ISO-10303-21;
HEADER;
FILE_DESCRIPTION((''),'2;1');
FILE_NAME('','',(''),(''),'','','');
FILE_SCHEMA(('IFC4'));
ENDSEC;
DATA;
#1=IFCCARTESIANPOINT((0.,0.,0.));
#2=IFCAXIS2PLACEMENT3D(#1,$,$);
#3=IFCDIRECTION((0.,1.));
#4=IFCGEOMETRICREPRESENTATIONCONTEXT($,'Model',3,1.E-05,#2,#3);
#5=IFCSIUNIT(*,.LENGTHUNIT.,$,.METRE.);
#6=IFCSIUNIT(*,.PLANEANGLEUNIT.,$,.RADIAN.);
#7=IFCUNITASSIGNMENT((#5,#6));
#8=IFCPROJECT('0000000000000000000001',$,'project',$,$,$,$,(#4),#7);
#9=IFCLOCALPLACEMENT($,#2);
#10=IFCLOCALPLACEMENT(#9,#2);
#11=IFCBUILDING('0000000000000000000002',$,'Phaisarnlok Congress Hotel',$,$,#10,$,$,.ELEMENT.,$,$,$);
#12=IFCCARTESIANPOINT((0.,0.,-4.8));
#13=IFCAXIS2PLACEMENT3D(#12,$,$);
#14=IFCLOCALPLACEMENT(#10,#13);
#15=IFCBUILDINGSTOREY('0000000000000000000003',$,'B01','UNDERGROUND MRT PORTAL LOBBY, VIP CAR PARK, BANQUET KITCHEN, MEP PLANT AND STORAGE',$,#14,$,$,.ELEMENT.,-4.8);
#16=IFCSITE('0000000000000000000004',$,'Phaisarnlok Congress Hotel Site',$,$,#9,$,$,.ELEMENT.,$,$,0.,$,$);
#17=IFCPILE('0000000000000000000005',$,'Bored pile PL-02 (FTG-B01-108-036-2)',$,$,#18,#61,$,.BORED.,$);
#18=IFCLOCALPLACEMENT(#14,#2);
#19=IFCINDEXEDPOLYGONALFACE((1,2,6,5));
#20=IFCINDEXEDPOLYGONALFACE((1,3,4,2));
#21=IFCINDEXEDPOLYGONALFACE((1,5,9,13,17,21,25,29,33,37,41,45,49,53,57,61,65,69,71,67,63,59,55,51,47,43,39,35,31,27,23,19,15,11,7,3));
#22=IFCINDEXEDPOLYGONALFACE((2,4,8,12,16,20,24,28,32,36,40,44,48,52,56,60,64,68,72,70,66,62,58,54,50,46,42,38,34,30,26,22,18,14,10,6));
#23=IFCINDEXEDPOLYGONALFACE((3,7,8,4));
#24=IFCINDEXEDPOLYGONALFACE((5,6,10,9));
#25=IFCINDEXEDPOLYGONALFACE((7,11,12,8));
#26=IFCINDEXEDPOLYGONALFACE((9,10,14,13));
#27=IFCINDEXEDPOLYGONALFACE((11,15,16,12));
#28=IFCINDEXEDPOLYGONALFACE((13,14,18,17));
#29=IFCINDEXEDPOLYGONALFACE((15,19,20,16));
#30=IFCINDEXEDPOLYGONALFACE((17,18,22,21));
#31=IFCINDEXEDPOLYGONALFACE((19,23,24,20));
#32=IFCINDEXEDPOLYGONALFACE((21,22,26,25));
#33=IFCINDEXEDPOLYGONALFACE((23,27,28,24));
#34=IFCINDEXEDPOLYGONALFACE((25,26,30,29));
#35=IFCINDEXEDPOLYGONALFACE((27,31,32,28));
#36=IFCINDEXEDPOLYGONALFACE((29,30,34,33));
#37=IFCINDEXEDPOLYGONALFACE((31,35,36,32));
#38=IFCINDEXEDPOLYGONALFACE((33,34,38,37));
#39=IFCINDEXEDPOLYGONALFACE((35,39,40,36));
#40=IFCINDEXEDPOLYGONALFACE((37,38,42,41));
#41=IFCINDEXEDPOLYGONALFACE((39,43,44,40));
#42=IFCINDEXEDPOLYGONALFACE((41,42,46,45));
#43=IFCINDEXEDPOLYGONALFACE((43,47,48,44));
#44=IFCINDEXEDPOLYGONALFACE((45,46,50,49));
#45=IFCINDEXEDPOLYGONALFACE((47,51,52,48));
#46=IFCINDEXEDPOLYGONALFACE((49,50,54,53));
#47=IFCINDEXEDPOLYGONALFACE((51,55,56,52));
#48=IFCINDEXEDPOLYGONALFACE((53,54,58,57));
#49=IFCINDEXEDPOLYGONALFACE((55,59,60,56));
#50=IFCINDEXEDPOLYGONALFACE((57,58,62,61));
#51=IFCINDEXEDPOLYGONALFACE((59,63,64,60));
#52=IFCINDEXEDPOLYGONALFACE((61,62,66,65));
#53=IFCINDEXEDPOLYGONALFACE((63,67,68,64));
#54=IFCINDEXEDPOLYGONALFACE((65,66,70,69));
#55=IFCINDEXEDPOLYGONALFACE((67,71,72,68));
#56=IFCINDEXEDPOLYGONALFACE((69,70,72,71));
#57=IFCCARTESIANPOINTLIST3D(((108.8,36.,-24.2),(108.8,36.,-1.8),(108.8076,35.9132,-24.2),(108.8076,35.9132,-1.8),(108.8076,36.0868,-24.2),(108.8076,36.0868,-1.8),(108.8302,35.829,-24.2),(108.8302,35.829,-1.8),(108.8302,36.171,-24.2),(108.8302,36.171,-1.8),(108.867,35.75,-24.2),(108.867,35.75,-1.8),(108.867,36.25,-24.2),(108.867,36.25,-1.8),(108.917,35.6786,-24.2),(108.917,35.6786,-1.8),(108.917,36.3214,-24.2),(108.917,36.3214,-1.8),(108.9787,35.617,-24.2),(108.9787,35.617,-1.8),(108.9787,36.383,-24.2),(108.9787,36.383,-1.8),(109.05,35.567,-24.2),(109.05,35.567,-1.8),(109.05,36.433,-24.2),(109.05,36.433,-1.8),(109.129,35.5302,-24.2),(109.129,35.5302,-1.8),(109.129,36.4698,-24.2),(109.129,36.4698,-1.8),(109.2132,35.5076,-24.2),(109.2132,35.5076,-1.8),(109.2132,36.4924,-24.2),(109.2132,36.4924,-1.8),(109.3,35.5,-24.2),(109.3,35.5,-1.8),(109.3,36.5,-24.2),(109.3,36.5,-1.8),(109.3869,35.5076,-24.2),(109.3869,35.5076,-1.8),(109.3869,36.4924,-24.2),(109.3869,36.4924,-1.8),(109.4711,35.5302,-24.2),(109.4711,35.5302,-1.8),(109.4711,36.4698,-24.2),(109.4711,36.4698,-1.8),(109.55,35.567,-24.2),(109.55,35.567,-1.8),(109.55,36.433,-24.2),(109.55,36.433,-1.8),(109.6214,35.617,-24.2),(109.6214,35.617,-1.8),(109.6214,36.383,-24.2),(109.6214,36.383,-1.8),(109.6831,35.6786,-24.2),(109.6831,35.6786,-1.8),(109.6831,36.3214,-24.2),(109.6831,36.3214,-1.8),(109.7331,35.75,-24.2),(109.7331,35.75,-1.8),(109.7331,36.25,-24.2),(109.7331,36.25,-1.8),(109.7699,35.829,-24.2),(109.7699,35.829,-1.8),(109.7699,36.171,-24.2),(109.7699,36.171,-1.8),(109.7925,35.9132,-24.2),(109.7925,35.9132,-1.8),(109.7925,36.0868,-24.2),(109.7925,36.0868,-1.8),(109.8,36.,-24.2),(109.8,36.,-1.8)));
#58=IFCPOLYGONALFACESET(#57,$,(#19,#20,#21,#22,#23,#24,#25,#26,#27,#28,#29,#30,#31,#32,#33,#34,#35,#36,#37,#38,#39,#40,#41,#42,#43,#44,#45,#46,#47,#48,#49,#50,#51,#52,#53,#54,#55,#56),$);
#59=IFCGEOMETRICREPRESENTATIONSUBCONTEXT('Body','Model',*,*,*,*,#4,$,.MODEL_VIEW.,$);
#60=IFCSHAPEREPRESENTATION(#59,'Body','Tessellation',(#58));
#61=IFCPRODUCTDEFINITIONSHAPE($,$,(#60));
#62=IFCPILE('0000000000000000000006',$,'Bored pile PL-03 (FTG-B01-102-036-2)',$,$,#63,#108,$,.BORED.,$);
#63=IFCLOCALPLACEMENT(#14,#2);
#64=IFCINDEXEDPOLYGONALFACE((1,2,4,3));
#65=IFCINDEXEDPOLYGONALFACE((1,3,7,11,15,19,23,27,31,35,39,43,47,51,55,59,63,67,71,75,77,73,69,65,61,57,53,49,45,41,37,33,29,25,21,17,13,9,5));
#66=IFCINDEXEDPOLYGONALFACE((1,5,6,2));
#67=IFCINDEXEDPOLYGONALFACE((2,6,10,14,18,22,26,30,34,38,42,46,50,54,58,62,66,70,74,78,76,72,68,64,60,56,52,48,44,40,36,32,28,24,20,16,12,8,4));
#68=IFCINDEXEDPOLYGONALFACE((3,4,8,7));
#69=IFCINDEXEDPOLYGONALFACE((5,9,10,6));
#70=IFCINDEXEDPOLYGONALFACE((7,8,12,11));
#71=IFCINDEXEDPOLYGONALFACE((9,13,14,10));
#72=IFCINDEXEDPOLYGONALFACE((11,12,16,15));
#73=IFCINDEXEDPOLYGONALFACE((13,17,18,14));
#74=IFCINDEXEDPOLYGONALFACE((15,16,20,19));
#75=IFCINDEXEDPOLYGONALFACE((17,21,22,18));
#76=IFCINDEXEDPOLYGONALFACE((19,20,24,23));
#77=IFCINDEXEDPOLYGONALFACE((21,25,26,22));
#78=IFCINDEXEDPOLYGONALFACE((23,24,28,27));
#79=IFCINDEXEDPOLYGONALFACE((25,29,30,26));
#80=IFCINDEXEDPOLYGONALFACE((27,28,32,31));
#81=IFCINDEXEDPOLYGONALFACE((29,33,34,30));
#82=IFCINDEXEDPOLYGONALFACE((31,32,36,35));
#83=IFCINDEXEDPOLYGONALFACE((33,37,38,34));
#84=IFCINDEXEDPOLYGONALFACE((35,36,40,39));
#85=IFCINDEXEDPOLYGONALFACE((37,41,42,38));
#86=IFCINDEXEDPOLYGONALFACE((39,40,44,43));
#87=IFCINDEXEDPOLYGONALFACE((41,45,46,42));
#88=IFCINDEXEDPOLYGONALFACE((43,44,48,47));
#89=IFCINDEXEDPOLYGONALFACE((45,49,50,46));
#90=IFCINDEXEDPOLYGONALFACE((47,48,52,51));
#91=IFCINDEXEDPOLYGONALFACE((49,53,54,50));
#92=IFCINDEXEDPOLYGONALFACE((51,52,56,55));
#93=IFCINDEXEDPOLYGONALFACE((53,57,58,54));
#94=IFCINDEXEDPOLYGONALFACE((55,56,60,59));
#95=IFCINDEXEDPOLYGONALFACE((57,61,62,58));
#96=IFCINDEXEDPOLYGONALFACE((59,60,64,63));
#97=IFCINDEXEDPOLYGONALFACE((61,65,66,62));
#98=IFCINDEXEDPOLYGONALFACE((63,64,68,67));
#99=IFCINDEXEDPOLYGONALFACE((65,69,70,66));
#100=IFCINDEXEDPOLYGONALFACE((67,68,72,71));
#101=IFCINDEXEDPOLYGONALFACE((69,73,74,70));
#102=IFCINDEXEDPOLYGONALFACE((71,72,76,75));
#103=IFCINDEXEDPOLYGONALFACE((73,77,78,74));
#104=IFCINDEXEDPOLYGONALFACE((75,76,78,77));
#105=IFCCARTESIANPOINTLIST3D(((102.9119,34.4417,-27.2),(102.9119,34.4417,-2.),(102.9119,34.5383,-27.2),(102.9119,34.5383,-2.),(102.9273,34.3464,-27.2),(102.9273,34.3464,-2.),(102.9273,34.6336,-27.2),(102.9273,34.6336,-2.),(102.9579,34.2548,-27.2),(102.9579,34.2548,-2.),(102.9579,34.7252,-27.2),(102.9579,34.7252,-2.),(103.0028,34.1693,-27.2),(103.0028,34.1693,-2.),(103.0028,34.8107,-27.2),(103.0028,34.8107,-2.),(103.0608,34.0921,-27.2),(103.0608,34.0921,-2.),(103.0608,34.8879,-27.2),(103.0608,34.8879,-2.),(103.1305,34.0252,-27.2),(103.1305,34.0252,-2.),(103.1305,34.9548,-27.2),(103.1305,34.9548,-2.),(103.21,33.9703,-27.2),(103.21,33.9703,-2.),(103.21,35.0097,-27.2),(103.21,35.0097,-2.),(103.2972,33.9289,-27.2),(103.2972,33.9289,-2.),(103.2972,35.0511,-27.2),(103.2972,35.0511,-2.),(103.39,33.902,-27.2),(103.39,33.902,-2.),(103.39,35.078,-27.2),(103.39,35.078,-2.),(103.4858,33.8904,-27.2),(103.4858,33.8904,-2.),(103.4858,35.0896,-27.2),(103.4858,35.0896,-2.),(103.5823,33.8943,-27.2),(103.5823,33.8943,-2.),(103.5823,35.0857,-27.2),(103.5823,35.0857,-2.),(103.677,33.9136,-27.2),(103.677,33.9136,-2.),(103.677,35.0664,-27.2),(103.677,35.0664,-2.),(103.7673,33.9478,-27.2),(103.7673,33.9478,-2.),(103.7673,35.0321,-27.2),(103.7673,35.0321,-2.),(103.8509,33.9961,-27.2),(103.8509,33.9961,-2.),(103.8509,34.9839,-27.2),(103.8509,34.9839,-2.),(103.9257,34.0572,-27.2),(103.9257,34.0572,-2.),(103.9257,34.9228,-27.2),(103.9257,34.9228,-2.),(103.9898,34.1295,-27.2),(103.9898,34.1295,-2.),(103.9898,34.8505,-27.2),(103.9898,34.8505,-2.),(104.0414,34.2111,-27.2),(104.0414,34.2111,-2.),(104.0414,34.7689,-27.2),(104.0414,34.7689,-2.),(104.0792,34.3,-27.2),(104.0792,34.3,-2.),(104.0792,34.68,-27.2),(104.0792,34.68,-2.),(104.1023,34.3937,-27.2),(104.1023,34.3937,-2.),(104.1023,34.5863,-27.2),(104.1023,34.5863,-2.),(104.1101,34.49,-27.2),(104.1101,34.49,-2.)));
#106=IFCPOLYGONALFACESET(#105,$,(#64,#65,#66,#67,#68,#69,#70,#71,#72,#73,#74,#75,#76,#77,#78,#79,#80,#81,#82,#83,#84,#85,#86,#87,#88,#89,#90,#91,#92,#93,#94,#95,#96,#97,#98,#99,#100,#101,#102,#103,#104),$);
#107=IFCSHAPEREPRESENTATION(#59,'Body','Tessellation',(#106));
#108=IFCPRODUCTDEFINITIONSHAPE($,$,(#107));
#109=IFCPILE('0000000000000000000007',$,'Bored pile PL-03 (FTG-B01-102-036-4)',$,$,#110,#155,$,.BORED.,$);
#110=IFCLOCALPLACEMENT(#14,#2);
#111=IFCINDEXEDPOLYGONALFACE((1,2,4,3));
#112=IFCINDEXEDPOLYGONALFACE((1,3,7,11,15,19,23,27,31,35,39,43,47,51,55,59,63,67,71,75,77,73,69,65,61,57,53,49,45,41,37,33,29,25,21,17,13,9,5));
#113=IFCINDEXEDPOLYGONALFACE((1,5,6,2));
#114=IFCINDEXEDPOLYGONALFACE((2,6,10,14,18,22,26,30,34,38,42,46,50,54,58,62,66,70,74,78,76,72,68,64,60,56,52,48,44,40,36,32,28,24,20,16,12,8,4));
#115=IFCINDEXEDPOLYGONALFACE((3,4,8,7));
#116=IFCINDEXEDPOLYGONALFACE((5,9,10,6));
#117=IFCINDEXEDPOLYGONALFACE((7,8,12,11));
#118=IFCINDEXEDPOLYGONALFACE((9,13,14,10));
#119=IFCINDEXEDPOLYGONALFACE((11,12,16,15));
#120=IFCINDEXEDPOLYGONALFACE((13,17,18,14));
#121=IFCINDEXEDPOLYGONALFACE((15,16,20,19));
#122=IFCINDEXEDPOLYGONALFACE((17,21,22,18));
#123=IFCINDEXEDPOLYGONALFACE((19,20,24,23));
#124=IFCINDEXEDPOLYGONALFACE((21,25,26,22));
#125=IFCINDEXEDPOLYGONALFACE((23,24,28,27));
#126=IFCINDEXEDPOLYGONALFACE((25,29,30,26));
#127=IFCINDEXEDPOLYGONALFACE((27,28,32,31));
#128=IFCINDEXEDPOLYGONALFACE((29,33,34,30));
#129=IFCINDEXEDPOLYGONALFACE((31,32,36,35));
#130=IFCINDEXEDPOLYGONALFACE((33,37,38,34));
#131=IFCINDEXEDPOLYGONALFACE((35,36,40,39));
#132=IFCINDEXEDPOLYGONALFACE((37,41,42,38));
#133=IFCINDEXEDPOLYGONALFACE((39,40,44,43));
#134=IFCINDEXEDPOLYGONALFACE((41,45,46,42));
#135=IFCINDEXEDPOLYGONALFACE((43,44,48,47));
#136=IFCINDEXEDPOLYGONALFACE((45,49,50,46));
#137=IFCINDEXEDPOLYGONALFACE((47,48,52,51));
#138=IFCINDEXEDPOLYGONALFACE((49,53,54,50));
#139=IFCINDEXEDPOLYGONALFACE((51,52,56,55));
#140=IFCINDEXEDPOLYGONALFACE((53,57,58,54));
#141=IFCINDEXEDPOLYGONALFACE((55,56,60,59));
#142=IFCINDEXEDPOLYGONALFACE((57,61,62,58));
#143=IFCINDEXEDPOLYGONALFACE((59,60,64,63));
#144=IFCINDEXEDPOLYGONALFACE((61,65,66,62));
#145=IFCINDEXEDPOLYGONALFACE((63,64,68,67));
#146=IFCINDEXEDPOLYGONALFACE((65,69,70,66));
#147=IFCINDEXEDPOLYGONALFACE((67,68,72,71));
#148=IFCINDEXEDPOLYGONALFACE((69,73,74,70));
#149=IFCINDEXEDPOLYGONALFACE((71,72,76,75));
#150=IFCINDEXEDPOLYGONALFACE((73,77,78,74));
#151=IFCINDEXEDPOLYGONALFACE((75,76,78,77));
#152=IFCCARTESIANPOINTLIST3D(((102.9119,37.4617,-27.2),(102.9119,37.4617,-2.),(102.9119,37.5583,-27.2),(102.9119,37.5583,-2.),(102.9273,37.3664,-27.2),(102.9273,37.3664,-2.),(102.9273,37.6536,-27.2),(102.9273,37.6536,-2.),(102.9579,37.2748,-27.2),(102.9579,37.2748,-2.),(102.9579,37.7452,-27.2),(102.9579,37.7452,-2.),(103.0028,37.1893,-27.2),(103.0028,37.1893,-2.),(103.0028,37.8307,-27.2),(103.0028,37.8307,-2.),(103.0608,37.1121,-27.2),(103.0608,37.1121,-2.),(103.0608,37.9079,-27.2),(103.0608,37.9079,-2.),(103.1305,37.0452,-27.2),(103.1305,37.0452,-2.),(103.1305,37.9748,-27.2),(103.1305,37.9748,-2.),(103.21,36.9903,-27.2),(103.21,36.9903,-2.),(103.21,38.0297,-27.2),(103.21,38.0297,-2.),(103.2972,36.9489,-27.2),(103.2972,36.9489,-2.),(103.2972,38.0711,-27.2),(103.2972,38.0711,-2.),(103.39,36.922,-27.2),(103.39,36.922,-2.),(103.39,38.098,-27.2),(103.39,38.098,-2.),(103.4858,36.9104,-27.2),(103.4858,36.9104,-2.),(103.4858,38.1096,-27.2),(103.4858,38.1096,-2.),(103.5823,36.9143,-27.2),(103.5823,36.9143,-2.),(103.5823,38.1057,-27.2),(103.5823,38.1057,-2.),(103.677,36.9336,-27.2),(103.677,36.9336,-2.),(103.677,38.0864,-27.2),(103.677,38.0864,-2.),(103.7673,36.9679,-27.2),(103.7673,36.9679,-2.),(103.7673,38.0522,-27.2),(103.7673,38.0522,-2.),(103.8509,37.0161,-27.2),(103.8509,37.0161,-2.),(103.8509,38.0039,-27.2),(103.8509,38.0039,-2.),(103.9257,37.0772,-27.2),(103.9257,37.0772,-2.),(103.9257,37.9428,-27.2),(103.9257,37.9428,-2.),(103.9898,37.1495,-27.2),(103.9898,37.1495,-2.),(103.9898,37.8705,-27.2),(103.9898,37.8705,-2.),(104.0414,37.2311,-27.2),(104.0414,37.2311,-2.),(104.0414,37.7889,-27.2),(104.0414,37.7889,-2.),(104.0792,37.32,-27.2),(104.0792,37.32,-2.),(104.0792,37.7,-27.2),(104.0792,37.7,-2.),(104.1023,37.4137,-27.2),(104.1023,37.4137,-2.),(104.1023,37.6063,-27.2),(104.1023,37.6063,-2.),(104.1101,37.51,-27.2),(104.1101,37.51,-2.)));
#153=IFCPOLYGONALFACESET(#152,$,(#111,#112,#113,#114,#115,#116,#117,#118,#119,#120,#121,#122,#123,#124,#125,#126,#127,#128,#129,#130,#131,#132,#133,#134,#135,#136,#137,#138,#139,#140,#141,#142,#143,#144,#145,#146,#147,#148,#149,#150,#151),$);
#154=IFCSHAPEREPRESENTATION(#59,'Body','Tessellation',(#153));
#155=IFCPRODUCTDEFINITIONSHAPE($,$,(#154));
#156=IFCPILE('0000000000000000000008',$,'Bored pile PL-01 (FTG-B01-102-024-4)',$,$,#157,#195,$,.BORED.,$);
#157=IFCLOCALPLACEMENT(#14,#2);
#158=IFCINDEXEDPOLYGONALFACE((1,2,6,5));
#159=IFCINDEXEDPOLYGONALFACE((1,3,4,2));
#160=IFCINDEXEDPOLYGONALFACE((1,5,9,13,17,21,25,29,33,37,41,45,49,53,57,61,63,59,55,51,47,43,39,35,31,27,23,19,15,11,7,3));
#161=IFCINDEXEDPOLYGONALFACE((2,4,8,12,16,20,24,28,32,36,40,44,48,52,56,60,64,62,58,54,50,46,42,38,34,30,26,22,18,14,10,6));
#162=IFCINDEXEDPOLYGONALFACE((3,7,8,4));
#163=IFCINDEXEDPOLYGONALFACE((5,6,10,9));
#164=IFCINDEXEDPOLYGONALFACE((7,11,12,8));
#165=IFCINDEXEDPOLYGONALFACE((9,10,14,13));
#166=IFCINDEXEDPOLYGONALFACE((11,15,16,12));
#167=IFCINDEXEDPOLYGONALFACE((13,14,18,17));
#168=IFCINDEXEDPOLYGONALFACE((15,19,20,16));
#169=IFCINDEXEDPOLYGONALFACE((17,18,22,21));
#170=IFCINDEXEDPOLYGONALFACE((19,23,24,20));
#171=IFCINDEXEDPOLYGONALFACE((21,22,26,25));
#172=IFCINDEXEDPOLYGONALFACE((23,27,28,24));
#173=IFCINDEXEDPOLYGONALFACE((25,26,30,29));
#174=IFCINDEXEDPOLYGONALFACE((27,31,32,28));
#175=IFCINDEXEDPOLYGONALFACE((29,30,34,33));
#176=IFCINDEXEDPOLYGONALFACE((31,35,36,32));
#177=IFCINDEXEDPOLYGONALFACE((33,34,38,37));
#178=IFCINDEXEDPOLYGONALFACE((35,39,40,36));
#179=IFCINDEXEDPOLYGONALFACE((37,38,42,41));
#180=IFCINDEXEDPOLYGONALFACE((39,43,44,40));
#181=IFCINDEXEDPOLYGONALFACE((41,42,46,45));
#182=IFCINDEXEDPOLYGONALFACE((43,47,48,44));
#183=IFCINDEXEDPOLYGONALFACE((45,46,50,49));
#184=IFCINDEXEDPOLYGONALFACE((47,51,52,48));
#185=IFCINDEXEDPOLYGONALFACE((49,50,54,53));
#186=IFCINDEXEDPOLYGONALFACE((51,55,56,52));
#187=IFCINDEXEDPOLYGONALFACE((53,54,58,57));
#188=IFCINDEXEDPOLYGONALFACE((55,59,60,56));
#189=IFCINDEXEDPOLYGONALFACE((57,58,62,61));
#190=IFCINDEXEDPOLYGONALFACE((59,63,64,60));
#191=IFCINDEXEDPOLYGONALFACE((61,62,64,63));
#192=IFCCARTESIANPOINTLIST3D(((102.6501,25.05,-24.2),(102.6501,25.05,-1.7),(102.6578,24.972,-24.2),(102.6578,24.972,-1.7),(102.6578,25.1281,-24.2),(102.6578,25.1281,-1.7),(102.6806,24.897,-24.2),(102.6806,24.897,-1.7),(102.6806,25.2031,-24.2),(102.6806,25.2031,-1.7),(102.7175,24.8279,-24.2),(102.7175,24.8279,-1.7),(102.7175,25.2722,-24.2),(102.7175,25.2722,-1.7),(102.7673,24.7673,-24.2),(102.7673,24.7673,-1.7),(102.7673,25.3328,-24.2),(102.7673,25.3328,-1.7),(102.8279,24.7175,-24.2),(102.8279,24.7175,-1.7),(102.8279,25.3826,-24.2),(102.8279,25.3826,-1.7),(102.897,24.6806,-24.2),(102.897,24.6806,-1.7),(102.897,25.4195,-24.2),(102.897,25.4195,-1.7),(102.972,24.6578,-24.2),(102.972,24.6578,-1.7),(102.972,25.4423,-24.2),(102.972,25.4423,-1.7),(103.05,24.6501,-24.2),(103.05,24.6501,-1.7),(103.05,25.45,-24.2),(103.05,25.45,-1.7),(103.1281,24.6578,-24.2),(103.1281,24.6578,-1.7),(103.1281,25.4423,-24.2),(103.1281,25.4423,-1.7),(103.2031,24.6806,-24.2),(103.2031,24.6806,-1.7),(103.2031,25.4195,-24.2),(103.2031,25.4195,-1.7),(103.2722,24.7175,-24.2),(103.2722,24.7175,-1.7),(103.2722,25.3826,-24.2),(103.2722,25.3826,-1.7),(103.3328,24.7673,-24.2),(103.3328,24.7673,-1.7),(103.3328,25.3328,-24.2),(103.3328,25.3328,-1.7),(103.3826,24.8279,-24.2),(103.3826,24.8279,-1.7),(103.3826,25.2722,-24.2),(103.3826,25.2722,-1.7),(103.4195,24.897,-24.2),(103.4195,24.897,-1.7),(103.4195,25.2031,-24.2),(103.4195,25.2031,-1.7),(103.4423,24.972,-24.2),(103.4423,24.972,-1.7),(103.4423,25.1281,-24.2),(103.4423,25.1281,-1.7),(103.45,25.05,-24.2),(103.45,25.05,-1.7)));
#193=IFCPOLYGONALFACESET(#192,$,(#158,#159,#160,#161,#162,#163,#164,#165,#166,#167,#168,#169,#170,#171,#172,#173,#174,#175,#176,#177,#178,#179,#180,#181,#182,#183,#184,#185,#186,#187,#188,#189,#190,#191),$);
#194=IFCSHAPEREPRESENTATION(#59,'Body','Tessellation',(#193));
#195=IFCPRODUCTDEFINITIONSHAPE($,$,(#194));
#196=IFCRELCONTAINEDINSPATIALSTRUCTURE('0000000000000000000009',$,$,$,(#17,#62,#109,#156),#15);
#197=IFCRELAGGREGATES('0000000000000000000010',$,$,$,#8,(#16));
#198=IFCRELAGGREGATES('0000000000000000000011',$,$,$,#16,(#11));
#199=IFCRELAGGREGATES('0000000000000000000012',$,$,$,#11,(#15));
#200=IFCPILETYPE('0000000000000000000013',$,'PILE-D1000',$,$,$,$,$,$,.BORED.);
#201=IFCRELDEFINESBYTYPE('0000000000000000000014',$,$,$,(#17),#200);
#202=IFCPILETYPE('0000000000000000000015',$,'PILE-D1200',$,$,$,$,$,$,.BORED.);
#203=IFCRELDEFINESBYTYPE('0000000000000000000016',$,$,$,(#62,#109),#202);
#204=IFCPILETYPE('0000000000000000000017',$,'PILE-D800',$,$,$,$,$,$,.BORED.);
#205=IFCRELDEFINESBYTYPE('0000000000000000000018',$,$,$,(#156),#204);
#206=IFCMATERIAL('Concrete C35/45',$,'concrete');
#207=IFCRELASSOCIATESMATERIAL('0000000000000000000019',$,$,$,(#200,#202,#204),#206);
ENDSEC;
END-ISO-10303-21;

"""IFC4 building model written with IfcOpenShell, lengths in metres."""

from ifc_helpers import new_model, si_unit, direction, frame, origin, origin_2d, place, context, subcontext, project, spatial, circle, extrude, material, material_profile, profile_set, type_object, element, save


model = new_model("IFC4")

# Units and contexts
model_context = context("Model", 3, precision=1e-05, world=origin(), true_north=direction((0.0, 1.0)))
body_context = subcontext(model_context, "Body", "Model", "MODEL_VIEW")
ifc_project = project(units=[si_unit("LENGTHUNIT", "METRE"), si_unit("PLANEANGLEUNIT", "RADIAN")], contexts=[model_context])

# Site, building, storey
site_placement = place(None, origin())
site = spatial("IfcSite", under=ifc_project, at=site_placement, Name="Phaisarnlok Congress Hotel Site", CompositionType="ELEMENT", RefElevation=0.0)
building_placement = place(site_placement, origin())
building = spatial("IfcBuilding", under=site, at=building_placement, Name="Phaisarnlok Congress Hotel", CompositionType="ELEMENT")
storey_placement = place(building_placement, frame((0.0, 0.0, -4.8)))
storey = spatial("IfcBuildingStorey", under=building, at=storey_placement, Name="B01", Description="UNDERGROUND MRT PORTAL LOBBY, VIP CAR PARK, BANQUET KITCHEN, MEP PLANT AND STORAGE", CompositionType="ELEMENT", Elevation=-4.8)

# Piles
ifc_material_1 = material(Name="Concrete C35/45", Category="concrete")
ifc_material_profile_1 = material_profile(ifc_material_1, circle(Radius=0.5, at=origin_2d()), Name="BORED PILE D1000")
ifc_profile_set_1 = profile_set([ifc_material_profile_1], Name="Concrete C35/45")
pile_type_1 = type_object("IfcPileType", Name="PILE-D1000", PredefinedType="BORED", material=ifc_profile_set_1)
for number, where, z_axis, x_axis, name in (
    (1, (109.3, 36.0, -1.8), (0.0, 0.0, -1.0), (1.0, 0.0, 0.0), "Bored pile PL-02 (FTG-B01-108-036-2)"),
):
    element("IfcPile", number, at=place(storey_placement, frame(where, z_axis=z_axis, x_axis=x_axis)), inside=storey, type_object=pile_type_1, Name=name, PredefinedType="BORED", context=body_context, shape_type="SweptSolid", body=[
        extrude(circle(Radius=0.5, at=origin_2d()), origin(), (0.0, 0.0, 1.0), 22.3999),
    ])
ifc_material_profile_2 = material_profile(ifc_material_1, circle(Radius=0.6001, at=origin_2d()), Name="BORED PILE D1200")
ifc_profile_set_2 = profile_set([ifc_material_profile_2], Name="Concrete C35/45")
pile_type_2 = type_object("IfcPileType", Name="PILE-D1200", PredefinedType="BORED", material=ifc_profile_set_2)
for number, where, z_axis, x_axis, name in (
    (2, (103.51, 34.49, -2.0), (0.0, 0.0, -1.0), (1.0, 0.0, 0.0), "Bored pile PL-03 (FTG-B01-102-036-2)"),
    (3, (103.51, 37.51, -2.0), (0.0, 0.0, -1.0), (1.0, 0.0, 0.0), "Bored pile PL-03 (FTG-B01-102-036-4)"),
):
    element("IfcPile", number, at=place(storey_placement, frame(where, z_axis=z_axis, x_axis=x_axis)), inside=storey, type_object=pile_type_2, Name=name, PredefinedType="BORED", context=body_context, shape_type="SweptSolid", body=[
        extrude(circle(Radius=0.6001, at=origin_2d()), origin(), (0.0, 0.0, 1.0), 25.2),
    ])
ifc_material_profile_3 = material_profile(ifc_material_1, circle(Radius=0.3999, at=origin_2d()), Name="BORED PILE D800")
ifc_profile_set_3 = profile_set([ifc_material_profile_3], Name="Concrete C35/45")
pile_type_3 = type_object("IfcPileType", Name="PILE-D800", PredefinedType="BORED", material=ifc_profile_set_3)
pile_1_placement = place(storey_placement, frame((103.05, 25.05, -1.7), z_axis=(0.0, 0.0, -1.0), x_axis=(1.0, 0.0, 0.0)))
element("IfcPile", 4, at=pile_1_placement, inside=storey, type_object=pile_type_3, Name="Bored pile PL-01 (FTG-B01-102-024-4)", PredefinedType="BORED", context=body_context, shape_type="SweptSolid", body=[
    extrude(circle(Radius=0.3999, at=origin_2d()), origin(), (0.0, 0.0, 1.0), 22.5),
])

save(model, "model.ifc")
